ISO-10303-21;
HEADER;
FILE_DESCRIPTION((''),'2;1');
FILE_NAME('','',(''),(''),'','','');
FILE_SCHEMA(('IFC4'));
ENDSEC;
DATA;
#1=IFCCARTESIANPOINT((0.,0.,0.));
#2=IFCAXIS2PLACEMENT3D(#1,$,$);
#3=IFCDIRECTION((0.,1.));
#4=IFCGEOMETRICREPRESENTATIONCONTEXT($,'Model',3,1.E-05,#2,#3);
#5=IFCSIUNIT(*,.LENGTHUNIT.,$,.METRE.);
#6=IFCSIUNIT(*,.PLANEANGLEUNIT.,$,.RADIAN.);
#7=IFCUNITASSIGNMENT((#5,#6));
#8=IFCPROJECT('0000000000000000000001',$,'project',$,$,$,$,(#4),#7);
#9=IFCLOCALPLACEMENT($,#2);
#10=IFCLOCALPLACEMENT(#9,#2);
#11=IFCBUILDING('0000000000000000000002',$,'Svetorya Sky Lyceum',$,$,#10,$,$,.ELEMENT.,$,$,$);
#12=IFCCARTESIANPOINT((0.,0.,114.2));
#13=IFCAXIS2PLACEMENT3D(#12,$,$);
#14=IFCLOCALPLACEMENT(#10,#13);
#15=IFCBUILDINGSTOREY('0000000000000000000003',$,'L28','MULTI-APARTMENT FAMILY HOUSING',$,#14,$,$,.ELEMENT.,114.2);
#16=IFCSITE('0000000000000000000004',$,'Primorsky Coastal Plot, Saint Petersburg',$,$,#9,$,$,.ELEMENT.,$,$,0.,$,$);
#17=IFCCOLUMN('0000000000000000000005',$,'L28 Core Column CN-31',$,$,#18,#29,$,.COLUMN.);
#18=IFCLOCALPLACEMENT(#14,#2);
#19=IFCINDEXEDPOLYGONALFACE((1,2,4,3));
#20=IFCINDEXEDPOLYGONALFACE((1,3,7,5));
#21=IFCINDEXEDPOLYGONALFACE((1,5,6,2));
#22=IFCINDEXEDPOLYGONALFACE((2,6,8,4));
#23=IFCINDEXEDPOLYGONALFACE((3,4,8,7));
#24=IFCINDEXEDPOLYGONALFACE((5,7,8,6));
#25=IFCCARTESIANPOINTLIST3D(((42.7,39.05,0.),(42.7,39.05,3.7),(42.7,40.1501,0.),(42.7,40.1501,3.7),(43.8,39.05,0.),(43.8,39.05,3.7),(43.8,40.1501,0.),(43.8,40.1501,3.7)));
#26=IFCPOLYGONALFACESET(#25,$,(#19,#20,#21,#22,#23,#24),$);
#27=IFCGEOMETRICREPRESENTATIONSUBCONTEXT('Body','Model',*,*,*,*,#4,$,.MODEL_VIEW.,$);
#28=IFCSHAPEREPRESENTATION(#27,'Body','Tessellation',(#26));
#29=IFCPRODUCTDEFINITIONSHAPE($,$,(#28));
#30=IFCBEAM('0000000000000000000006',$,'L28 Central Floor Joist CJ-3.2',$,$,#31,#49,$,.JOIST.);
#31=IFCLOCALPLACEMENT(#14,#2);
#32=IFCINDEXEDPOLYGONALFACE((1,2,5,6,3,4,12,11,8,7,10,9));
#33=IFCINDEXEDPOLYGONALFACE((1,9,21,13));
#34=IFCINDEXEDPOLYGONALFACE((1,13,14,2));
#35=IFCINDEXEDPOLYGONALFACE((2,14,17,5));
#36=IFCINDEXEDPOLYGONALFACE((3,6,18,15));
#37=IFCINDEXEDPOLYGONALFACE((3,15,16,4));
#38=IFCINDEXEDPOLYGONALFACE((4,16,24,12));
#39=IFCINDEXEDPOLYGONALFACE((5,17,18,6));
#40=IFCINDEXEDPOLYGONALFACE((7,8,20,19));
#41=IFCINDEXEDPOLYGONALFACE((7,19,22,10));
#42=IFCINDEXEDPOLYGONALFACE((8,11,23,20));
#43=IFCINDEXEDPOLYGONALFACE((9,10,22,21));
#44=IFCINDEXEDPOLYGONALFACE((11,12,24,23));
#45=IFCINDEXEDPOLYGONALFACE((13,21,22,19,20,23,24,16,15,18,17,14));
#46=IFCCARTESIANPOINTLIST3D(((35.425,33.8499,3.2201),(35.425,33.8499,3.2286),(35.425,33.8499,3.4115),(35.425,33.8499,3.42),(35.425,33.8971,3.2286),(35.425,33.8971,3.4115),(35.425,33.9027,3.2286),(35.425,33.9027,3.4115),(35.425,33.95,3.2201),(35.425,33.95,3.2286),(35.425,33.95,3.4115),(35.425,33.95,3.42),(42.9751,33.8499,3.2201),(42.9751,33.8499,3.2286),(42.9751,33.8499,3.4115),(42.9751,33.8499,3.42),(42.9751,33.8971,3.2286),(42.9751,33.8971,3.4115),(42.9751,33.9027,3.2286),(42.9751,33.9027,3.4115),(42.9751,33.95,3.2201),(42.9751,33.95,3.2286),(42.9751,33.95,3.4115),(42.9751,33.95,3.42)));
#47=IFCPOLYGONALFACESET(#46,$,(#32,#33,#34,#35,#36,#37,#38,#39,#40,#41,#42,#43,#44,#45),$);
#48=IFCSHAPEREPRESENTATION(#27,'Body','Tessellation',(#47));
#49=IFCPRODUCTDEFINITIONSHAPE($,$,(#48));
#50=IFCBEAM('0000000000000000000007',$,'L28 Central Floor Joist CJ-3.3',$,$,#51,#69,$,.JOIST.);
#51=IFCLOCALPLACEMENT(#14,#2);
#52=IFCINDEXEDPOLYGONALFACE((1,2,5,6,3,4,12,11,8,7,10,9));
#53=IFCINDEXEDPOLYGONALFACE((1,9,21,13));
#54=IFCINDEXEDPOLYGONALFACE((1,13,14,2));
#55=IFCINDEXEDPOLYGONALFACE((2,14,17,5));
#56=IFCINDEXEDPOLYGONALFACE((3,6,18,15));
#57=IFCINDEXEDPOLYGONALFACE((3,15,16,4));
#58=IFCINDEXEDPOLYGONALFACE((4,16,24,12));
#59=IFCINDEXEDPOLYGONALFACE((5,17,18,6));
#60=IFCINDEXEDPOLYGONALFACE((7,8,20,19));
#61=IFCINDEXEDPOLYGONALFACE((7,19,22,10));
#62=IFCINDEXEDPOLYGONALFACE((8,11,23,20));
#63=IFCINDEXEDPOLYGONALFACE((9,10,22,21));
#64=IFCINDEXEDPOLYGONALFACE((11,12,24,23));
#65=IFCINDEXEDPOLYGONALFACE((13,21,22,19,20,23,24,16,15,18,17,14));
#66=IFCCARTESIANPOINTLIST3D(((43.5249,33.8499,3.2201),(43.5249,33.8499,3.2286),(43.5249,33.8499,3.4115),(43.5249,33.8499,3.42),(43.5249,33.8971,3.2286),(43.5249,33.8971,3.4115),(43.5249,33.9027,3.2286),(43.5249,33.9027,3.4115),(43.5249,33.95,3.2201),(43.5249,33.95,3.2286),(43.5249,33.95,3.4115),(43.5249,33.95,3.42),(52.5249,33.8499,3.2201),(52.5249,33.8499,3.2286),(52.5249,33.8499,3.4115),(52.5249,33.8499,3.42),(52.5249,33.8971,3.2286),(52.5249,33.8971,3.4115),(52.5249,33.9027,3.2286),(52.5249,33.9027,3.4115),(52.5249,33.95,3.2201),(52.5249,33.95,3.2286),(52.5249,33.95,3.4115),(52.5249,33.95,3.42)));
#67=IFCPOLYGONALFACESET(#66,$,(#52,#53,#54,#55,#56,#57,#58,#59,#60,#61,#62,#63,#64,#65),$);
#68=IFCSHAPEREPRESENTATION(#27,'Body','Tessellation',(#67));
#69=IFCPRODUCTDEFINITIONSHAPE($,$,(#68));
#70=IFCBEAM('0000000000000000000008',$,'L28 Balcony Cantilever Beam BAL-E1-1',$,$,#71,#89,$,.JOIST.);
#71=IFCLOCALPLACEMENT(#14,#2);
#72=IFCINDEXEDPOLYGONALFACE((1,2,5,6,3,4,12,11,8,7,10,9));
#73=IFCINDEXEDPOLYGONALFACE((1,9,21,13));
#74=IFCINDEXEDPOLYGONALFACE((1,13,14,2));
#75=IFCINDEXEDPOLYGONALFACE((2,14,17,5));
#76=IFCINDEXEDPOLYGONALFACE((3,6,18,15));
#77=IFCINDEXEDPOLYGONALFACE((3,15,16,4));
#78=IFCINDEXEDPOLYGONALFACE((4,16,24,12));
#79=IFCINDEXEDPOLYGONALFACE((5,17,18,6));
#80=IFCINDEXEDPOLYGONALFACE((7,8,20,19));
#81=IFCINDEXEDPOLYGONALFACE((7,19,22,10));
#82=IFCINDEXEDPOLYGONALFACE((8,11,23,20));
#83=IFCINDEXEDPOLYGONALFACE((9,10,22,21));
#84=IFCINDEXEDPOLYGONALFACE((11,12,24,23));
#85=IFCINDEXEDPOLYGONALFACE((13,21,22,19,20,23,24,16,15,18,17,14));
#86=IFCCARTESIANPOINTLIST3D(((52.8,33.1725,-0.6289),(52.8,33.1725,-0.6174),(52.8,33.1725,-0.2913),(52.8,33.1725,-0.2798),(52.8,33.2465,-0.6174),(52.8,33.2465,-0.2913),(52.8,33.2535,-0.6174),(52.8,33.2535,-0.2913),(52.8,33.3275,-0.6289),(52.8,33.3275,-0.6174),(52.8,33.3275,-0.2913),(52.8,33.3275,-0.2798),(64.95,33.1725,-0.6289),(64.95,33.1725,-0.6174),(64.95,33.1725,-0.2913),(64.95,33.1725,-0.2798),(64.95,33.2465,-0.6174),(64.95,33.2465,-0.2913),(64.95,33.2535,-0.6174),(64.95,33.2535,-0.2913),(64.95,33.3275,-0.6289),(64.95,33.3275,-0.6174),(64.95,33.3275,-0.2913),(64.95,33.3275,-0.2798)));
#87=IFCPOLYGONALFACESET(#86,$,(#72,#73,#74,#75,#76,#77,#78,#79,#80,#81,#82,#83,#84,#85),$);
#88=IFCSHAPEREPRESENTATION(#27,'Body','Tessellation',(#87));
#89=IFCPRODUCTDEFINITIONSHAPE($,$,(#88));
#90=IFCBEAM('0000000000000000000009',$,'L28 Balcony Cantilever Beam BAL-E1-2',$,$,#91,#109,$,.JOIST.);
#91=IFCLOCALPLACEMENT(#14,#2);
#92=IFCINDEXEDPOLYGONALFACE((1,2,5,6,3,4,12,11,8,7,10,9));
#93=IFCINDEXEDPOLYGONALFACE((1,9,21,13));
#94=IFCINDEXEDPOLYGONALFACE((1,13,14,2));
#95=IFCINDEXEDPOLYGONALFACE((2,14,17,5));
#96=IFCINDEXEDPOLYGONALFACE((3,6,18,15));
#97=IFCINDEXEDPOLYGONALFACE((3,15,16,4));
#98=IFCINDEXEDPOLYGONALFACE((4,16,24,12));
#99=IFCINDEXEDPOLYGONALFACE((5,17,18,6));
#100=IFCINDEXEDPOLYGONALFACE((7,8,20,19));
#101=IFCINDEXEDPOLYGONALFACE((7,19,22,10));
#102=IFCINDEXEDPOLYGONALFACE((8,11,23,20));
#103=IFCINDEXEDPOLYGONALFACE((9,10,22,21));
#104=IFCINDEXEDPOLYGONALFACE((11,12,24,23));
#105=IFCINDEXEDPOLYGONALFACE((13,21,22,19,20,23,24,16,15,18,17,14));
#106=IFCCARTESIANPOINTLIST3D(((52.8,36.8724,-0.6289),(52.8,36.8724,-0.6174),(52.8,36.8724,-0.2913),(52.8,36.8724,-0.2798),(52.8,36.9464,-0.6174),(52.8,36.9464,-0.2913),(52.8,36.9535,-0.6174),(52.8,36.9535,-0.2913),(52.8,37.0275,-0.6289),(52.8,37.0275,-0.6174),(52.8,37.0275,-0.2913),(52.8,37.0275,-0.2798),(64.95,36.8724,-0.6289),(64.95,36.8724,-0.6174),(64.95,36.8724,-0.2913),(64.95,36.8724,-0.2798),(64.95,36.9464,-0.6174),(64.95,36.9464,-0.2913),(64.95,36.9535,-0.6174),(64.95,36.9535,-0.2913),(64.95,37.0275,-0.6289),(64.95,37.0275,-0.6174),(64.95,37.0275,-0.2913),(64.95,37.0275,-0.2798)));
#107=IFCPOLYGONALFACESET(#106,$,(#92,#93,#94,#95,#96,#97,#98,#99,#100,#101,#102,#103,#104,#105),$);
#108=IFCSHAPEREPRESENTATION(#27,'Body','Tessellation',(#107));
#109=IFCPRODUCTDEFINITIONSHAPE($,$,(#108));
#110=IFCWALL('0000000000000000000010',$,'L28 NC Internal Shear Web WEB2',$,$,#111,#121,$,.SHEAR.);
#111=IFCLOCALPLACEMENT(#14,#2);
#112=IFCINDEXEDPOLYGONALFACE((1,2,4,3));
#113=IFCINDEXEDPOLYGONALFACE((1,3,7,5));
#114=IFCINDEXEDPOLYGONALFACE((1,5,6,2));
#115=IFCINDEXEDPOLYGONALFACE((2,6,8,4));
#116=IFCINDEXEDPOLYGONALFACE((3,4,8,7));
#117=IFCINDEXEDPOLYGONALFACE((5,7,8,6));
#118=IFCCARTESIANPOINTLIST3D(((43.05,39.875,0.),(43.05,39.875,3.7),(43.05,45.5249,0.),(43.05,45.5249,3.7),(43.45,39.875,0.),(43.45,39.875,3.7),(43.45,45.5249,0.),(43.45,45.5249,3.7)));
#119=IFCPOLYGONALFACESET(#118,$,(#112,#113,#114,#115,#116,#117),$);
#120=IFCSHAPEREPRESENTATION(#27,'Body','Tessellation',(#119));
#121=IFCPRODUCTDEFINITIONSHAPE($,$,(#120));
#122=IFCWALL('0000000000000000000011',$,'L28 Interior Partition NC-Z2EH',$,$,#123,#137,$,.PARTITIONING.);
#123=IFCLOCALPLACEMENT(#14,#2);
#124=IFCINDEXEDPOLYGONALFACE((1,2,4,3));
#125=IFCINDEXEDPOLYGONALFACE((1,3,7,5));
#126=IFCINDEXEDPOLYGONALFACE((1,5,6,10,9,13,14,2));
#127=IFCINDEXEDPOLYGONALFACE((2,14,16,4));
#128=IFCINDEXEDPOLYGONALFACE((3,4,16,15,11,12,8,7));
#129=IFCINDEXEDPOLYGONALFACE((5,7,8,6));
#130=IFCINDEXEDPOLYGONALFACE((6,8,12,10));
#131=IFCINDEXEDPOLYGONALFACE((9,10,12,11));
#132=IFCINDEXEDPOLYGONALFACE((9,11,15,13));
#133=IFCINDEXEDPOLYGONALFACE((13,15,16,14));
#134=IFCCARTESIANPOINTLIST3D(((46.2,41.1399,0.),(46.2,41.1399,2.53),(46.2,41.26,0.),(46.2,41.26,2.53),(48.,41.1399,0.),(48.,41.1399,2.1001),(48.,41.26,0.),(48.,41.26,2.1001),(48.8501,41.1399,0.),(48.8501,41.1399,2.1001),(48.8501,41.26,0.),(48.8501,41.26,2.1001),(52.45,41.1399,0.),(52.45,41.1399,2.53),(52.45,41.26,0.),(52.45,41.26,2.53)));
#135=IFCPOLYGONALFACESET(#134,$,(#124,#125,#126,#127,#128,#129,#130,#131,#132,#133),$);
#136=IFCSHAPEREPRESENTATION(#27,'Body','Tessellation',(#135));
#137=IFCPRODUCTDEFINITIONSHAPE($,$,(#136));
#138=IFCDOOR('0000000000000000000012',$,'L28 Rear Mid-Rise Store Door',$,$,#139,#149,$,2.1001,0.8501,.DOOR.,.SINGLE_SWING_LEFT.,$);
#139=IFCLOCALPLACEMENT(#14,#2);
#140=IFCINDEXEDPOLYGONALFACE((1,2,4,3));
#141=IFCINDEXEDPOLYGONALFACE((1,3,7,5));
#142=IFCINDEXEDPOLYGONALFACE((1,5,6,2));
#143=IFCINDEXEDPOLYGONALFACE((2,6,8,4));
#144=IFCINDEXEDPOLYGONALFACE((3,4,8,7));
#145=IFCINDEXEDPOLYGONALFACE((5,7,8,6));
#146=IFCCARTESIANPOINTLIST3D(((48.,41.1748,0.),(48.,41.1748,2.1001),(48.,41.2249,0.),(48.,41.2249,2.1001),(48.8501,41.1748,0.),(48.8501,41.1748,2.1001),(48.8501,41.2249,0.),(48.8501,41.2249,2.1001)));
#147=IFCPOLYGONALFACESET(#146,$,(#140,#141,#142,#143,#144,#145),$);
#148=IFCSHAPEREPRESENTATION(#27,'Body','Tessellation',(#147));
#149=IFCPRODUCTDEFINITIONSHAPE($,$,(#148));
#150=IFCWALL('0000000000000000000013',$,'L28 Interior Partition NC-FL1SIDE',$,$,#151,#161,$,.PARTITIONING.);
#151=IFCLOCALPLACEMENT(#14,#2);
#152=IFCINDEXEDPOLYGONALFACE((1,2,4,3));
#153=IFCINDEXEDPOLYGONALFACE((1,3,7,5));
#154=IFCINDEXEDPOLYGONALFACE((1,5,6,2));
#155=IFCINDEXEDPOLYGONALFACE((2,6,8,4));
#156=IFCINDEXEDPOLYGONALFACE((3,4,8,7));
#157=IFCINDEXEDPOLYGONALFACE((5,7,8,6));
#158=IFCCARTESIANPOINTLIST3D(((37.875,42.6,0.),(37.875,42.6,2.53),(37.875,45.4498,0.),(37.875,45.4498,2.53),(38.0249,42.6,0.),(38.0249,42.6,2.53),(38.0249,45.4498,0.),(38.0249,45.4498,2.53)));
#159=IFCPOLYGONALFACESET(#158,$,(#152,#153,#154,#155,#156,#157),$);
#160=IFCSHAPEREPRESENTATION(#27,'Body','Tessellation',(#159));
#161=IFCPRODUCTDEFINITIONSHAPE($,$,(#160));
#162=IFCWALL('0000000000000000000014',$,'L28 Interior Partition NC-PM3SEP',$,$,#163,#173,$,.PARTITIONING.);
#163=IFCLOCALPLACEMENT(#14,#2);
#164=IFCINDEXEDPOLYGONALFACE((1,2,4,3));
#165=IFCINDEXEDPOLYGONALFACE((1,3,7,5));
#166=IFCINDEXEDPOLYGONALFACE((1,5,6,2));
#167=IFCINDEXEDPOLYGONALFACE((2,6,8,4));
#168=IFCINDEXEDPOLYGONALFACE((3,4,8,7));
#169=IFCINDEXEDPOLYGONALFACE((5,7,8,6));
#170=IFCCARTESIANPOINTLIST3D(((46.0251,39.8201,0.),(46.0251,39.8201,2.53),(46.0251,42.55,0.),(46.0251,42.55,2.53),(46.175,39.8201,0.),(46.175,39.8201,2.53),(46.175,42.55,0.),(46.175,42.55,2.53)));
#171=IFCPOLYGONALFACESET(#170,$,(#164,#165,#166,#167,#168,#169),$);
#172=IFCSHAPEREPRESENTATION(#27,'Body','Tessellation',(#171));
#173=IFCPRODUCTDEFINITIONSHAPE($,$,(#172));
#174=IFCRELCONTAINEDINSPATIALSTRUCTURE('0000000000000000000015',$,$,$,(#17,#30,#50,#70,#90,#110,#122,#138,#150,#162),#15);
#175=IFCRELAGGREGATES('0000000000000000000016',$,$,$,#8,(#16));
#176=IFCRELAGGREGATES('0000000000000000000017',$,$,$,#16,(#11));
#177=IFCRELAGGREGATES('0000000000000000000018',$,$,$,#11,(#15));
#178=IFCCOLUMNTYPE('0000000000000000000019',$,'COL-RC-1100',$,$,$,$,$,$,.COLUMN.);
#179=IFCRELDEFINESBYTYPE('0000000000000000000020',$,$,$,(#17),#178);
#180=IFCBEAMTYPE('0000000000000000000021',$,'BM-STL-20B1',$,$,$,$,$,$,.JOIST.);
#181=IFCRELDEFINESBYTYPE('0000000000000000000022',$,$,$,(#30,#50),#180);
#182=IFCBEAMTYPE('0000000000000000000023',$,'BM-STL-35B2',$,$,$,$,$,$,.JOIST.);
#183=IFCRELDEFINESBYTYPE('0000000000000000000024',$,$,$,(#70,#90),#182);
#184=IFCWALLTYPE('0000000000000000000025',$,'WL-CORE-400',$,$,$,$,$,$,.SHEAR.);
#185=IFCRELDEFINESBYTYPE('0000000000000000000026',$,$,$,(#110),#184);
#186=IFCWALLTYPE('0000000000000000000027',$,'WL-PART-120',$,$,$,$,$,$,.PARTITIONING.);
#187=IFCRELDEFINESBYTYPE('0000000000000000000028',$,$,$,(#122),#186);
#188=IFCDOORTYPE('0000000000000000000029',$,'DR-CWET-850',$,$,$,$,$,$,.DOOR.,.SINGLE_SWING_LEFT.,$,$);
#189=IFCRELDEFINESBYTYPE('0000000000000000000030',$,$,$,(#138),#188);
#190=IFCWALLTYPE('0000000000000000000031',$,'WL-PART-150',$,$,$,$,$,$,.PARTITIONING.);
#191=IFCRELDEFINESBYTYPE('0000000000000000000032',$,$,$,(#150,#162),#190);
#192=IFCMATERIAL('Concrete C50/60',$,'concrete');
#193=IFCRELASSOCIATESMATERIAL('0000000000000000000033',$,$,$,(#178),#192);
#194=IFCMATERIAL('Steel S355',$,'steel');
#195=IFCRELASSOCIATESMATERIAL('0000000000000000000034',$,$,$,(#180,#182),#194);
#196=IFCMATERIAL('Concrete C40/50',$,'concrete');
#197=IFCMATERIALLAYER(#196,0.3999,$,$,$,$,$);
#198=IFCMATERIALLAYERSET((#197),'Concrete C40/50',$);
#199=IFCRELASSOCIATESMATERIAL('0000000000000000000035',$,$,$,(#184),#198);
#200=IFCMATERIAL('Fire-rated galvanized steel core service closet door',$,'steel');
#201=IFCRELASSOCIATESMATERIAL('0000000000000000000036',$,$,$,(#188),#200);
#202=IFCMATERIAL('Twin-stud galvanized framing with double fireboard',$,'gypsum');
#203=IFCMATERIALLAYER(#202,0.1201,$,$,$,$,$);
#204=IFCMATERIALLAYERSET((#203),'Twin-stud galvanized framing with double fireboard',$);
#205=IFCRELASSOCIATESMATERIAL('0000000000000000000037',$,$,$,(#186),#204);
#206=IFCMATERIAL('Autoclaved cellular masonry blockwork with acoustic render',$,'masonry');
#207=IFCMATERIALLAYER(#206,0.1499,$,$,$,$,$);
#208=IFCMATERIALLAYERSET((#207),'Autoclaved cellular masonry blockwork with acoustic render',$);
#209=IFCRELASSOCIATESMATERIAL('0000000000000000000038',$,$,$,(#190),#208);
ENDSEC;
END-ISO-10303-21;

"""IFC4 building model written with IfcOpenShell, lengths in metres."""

from ifc_helpers import new_model, si_unit, direction, frame, frame_2d, origin, origin_2d, place, context, subcontext, project, spatial, rectangle, i_section, extrude, material, layer, layer_set, material_profile, profile_set, type_object, element, fill, save


model = new_model("IFC4")

# Units and contexts
model_context = context("Model", 3, precision=1e-05, world=origin(), true_north=direction((0.0, 1.0)))
body_context = subcontext(model_context, "Body", "Model", "MODEL_VIEW")
ifc_project = project(units=[si_unit("LENGTHUNIT", "METRE"), si_unit("PLANEANGLEUNIT", "RADIAN")], contexts=[model_context])

# Site, building, storey
site_placement = place(None, origin())
site = spatial("IfcSite", under=ifc_project, at=site_placement, Name="Primorsky Coastal Plot, Saint Petersburg", CompositionType="ELEMENT", RefElevation=0.0)
building_placement = place(site_placement, origin())
building = spatial("IfcBuilding", under=site, at=building_placement, Name="Svetorya Sky Lyceum", CompositionType="ELEMENT")
storey_placement = place(building_placement, frame((0.0, 0.0, 114.2)))
storey = spatial("IfcBuildingStorey", under=building, at=storey_placement, Name="L28", Description="MULTI-APARTMENT FAMILY HOUSING", CompositionType="ELEMENT", Elevation=114.2)

# Column
ifc_material_1 = material(Name="Concrete C50/60", Category="concrete")
ifc_material_profile_1 = material_profile(ifc_material_1, rectangle(XDim=1.1001, YDim=1.1001, at=origin_2d()), Name="RC COL 1100x1100")
ifc_profile_set_1 = profile_set([ifc_material_profile_1], Name="Concrete C50/60")
column_type = type_object("IfcColumnType", Name="COL-RC-1100", PredefinedType="COLUMN", material=ifc_profile_set_1)
column_placement = place(storey_placement, frame((43.25, 39.6001, 0.0), z_axis=(0.0, 0.0, 1.0), x_axis=(1.0, 0.0, 0.0)))
element("IfcColumn", 1, at=column_placement, inside=storey, type_object=column_type, Name="L28 Core Column CN-31", PredefinedType="COLUMN", context=body_context, shape_type="SweptSolid", body=[
    extrude(rectangle(XDim=1.1001, YDim=1.1001, at=origin_2d()), origin(), (0.0, 0.0, 1.0), 3.7),
])

# Beams
ifc_material_2 = material(Name="Steel S355", Category="steel")
ifc_material_profile_2 = material_profile(ifc_material_2, i_section(OverallWidth=0.1001, OverallDepth=0.2, WebThickness=0.0056, FlangeThickness=0.0085, at=origin_2d()), Name="GOST 20B1")
ifc_profile_set_2 = profile_set([ifc_material_profile_2], Name="Steel S355")
beam_type_1 = type_object("IfcBeamType", Name="BM-STL-20B1", PredefinedType="JOIST", material=ifc_profile_set_2)
beam_1_placement = place(storey_placement, frame((35.425, 33.8999, 3.3201), z_axis=(1.0, 0.0, 0.0), x_axis=(0.0, 1.0, 0.0)))
element("IfcBeam", 2, at=beam_1_placement, inside=storey, type_object=beam_type_1, Name="L28 Central Floor Joist CJ-3.2", PredefinedType="JOIST", context=body_context, shape_type="SweptSolid", body=[
    extrude(i_section(OverallWidth=0.1001, OverallDepth=0.2, WebThickness=0.0056, FlangeThickness=0.0085, at=origin_2d()), origin(), (0.0, 0.0, 1.0), 7.55),
])
beam_2_placement = place(storey_placement, frame((43.5249, 33.8999, 3.3201), z_axis=(1.0, 0.0, 0.0), x_axis=(0.0, 1.0, 0.0)))
element("IfcBeam", 3, at=beam_2_placement, inside=storey, type_object=beam_type_1, Name="L28 Central Floor Joist CJ-3.3", PredefinedType="JOIST", context=body_context, shape_type="SweptSolid", body=[
    extrude(i_section(OverallWidth=0.1001, OverallDepth=0.2, WebThickness=0.0056, FlangeThickness=0.0085, at=origin_2d()), origin(), (0.0, 0.0, 1.0), 9.0),
])
ifc_material_profile_3 = material_profile(ifc_material_2, i_section(OverallWidth=0.155, OverallDepth=0.3491, WebThickness=0.0071, FlangeThickness=0.0115, at=origin_2d()), Name="GOST 35B2")
ifc_profile_set_3 = profile_set([ifc_material_profile_3], Name="Steel S355")
beam_type_2 = type_object("IfcBeamType", Name="BM-STL-35B2", PredefinedType="JOIST", material=ifc_profile_set_3)
for number, where, z_axis, x_axis, name in (
    (4, (52.8, 33.25, -0.4543), (1.0, 0.0, 0.0), (0.0, 1.0, 0.0), "L28 Balcony Cantilever Beam BAL-E1-1"),
    (5, (52.8, 36.95, -0.4543), (1.0, 0.0, 0.0), (0.0, 1.0, 0.0), "L28 Balcony Cantilever Beam BAL-E1-2"),
):
    element("IfcBeam", number, at=place(storey_placement, frame(where, z_axis=z_axis, x_axis=x_axis)), inside=storey, type_object=beam_type_2, Name=name, PredefinedType="JOIST", context=body_context, shape_type="SweptSolid", body=[
        extrude(i_section(OverallWidth=0.155, OverallDepth=0.3491, WebThickness=0.0071, FlangeThickness=0.0115, at=origin_2d()), origin(), (0.0, 0.0, 1.0), 12.1499),
    ])

# Wall
ifc_material_3 = material(Name="Concrete C40/50", Category="concrete")
ifc_layer_1 = layer(ifc_material_3, 0.3999)
ifc_layer_set_1 = layer_set([ifc_layer_1], Name="Concrete C40/50")
wall_type_1 = type_object("IfcWallType", Name="WL-CORE-400", PredefinedType="SHEAR", material=ifc_layer_set_1)
wall_1_placement = place(storey_placement, frame((43.25, 39.875, 0.0), z_axis=(0.0, 0.0, 1.0), x_axis=(0.0, 1.0, 0.0)))
element("IfcWall", 6, at=wall_1_placement, inside=storey, type_object=wall_type_1, Name="L28 NC Internal Shear Web WEB2", PredefinedType="SHEAR", context=body_context, shape_type="SweptSolid", body=[
    extrude(rectangle(XDim=5.6499, YDim=0.3999, at=frame_2d((2.825, 0.0))), origin(), (0.0, 0.0, 1.0), 3.7),
])

# Shared definitions
ifc_material_4 = material(Name="Fire-rated galvanized steel core service closet door", Category="steel")
door_type_1 = type_object("IfcDoorType", Name="DR-CWET-850", OperationType="SINGLE_SWING_LEFT", PredefinedType="DOOR", material=ifc_material_4)

# Wall, opening, door
ifc_material_5 = material(Name="Twin-stud galvanized framing with double fireboard", Category="gypsum")
ifc_layer_2 = layer(ifc_material_5, 0.1201)
ifc_layer_set_2 = layer_set([ifc_layer_2], Name="Twin-stud galvanized framing with double fireboard")
wall_type_2 = type_object("IfcWallType", Name="WL-PART-120", PredefinedType="PARTITIONING", material=ifc_layer_set_2)
wall_2_placement = place(storey_placement, frame((46.2, 41.2, 0.0), z_axis=(0.0, 0.0, 1.0), x_axis=(1.0, 0.0, 0.0)))
wall_2 = element("IfcWall", 7, at=wall_2_placement, inside=storey, type_object=wall_type_2, Name="L28 Interior Partition NC-Z2EH", PredefinedType="PARTITIONING", context=body_context, shape_type="SweptSolid", body=[
    extrude(rectangle(XDim=6.25, YDim=0.1201, at=frame_2d((3.125, 0.0))), origin(), (0.0, 0.0, 1.0), 2.53),
])
opening_1_placement = place(wall_2_placement, frame((1.8, 0.0, 0.0)))
opening_1 = element("IfcOpeningElement", 8, at=opening_1_placement, cuts=wall_2, PredefinedType="OPENING", context=body_context, shape_type="SweptSolid", body=[
    extrude(rectangle(XDim=0.8501, YDim=2.1001, at=frame_2d((0.425, 1.05))), frame((0.0, 0.0701, 0.0), z_axis=(0.0, -1.0, 0.0), x_axis=(1.0, 0.0, 0.0)), (0.0, 0.0, 1.0), 0.1401),
])
door_1_placement = place(opening_1_placement, origin())
door_1 = element("IfcDoor", 9, at=door_1_placement, inside=storey, type_object=door_type_1, Name="L28 Rear Mid-Rise Store Door", OperationType="SINGLE_SWING_LEFT", OverallHeight=2.1001, OverallWidth=0.8501, PredefinedType="DOOR", context=body_context, shape_type="SweptSolid", body=[
    extrude(rectangle(XDim=0.8501, YDim=2.1001, at=frame_2d((0.425, 1.05))), frame((0.0, 0.0249, 0.0), z_axis=(0.0, -1.0, 0.0), x_axis=(1.0, 0.0, 0.0)), (0.0, 0.0, 1.0), 0.05),
])
fill(opening_1, door_1)

# Walls
ifc_material_6 = material(Name="Autoclaved cellular masonry blockwork with acoustic render", Category="masonry")
ifc_layer_3 = layer(ifc_material_6, 0.1499)
ifc_layer_set_3 = layer_set([ifc_layer_3], Name="Autoclaved cellular masonry blockwork with acoustic render")
wall_type_3 = type_object("IfcWallType", Name="WL-PART-150", PredefinedType="PARTITIONING", material=ifc_layer_set_3)
wall_3_placement = place(storey_placement, frame((37.95, 42.6001, 0.0), z_axis=(0.0, 0.0, 1.0), x_axis=(0.0, 1.0, 0.0)))
element("IfcWall", 10, at=wall_3_placement, inside=storey, type_object=wall_type_3, Name="L28 Interior Partition NC-FL1SIDE", PredefinedType="PARTITIONING", context=body_context, shape_type="SweptSolid", body=[
    extrude(rectangle(XDim=2.8499, YDim=0.1499, at=frame_2d((1.4248, 0.0))), origin(), (0.0, 0.0, 1.0), 2.53),
])
wall_4_placement = place(storey_placement, frame((46.1001, 39.8201, 0.0), z_axis=(0.0, 0.0, 1.0), x_axis=(0.0, 1.0, 0.0)))
element("IfcWall", 11, at=wall_4_placement, inside=storey, type_object=wall_type_3, Name="L28 Interior Partition NC-PM3SEP", PredefinedType="PARTITIONING", context=body_context, shape_type="SweptSolid", body=[
    extrude(rectangle(XDim=2.73, YDim=0.1499, at=frame_2d((1.365, 0.0))), origin(), (0.0, 0.0, 1.0), 2.53),
])

save(model, "model.ifc")
